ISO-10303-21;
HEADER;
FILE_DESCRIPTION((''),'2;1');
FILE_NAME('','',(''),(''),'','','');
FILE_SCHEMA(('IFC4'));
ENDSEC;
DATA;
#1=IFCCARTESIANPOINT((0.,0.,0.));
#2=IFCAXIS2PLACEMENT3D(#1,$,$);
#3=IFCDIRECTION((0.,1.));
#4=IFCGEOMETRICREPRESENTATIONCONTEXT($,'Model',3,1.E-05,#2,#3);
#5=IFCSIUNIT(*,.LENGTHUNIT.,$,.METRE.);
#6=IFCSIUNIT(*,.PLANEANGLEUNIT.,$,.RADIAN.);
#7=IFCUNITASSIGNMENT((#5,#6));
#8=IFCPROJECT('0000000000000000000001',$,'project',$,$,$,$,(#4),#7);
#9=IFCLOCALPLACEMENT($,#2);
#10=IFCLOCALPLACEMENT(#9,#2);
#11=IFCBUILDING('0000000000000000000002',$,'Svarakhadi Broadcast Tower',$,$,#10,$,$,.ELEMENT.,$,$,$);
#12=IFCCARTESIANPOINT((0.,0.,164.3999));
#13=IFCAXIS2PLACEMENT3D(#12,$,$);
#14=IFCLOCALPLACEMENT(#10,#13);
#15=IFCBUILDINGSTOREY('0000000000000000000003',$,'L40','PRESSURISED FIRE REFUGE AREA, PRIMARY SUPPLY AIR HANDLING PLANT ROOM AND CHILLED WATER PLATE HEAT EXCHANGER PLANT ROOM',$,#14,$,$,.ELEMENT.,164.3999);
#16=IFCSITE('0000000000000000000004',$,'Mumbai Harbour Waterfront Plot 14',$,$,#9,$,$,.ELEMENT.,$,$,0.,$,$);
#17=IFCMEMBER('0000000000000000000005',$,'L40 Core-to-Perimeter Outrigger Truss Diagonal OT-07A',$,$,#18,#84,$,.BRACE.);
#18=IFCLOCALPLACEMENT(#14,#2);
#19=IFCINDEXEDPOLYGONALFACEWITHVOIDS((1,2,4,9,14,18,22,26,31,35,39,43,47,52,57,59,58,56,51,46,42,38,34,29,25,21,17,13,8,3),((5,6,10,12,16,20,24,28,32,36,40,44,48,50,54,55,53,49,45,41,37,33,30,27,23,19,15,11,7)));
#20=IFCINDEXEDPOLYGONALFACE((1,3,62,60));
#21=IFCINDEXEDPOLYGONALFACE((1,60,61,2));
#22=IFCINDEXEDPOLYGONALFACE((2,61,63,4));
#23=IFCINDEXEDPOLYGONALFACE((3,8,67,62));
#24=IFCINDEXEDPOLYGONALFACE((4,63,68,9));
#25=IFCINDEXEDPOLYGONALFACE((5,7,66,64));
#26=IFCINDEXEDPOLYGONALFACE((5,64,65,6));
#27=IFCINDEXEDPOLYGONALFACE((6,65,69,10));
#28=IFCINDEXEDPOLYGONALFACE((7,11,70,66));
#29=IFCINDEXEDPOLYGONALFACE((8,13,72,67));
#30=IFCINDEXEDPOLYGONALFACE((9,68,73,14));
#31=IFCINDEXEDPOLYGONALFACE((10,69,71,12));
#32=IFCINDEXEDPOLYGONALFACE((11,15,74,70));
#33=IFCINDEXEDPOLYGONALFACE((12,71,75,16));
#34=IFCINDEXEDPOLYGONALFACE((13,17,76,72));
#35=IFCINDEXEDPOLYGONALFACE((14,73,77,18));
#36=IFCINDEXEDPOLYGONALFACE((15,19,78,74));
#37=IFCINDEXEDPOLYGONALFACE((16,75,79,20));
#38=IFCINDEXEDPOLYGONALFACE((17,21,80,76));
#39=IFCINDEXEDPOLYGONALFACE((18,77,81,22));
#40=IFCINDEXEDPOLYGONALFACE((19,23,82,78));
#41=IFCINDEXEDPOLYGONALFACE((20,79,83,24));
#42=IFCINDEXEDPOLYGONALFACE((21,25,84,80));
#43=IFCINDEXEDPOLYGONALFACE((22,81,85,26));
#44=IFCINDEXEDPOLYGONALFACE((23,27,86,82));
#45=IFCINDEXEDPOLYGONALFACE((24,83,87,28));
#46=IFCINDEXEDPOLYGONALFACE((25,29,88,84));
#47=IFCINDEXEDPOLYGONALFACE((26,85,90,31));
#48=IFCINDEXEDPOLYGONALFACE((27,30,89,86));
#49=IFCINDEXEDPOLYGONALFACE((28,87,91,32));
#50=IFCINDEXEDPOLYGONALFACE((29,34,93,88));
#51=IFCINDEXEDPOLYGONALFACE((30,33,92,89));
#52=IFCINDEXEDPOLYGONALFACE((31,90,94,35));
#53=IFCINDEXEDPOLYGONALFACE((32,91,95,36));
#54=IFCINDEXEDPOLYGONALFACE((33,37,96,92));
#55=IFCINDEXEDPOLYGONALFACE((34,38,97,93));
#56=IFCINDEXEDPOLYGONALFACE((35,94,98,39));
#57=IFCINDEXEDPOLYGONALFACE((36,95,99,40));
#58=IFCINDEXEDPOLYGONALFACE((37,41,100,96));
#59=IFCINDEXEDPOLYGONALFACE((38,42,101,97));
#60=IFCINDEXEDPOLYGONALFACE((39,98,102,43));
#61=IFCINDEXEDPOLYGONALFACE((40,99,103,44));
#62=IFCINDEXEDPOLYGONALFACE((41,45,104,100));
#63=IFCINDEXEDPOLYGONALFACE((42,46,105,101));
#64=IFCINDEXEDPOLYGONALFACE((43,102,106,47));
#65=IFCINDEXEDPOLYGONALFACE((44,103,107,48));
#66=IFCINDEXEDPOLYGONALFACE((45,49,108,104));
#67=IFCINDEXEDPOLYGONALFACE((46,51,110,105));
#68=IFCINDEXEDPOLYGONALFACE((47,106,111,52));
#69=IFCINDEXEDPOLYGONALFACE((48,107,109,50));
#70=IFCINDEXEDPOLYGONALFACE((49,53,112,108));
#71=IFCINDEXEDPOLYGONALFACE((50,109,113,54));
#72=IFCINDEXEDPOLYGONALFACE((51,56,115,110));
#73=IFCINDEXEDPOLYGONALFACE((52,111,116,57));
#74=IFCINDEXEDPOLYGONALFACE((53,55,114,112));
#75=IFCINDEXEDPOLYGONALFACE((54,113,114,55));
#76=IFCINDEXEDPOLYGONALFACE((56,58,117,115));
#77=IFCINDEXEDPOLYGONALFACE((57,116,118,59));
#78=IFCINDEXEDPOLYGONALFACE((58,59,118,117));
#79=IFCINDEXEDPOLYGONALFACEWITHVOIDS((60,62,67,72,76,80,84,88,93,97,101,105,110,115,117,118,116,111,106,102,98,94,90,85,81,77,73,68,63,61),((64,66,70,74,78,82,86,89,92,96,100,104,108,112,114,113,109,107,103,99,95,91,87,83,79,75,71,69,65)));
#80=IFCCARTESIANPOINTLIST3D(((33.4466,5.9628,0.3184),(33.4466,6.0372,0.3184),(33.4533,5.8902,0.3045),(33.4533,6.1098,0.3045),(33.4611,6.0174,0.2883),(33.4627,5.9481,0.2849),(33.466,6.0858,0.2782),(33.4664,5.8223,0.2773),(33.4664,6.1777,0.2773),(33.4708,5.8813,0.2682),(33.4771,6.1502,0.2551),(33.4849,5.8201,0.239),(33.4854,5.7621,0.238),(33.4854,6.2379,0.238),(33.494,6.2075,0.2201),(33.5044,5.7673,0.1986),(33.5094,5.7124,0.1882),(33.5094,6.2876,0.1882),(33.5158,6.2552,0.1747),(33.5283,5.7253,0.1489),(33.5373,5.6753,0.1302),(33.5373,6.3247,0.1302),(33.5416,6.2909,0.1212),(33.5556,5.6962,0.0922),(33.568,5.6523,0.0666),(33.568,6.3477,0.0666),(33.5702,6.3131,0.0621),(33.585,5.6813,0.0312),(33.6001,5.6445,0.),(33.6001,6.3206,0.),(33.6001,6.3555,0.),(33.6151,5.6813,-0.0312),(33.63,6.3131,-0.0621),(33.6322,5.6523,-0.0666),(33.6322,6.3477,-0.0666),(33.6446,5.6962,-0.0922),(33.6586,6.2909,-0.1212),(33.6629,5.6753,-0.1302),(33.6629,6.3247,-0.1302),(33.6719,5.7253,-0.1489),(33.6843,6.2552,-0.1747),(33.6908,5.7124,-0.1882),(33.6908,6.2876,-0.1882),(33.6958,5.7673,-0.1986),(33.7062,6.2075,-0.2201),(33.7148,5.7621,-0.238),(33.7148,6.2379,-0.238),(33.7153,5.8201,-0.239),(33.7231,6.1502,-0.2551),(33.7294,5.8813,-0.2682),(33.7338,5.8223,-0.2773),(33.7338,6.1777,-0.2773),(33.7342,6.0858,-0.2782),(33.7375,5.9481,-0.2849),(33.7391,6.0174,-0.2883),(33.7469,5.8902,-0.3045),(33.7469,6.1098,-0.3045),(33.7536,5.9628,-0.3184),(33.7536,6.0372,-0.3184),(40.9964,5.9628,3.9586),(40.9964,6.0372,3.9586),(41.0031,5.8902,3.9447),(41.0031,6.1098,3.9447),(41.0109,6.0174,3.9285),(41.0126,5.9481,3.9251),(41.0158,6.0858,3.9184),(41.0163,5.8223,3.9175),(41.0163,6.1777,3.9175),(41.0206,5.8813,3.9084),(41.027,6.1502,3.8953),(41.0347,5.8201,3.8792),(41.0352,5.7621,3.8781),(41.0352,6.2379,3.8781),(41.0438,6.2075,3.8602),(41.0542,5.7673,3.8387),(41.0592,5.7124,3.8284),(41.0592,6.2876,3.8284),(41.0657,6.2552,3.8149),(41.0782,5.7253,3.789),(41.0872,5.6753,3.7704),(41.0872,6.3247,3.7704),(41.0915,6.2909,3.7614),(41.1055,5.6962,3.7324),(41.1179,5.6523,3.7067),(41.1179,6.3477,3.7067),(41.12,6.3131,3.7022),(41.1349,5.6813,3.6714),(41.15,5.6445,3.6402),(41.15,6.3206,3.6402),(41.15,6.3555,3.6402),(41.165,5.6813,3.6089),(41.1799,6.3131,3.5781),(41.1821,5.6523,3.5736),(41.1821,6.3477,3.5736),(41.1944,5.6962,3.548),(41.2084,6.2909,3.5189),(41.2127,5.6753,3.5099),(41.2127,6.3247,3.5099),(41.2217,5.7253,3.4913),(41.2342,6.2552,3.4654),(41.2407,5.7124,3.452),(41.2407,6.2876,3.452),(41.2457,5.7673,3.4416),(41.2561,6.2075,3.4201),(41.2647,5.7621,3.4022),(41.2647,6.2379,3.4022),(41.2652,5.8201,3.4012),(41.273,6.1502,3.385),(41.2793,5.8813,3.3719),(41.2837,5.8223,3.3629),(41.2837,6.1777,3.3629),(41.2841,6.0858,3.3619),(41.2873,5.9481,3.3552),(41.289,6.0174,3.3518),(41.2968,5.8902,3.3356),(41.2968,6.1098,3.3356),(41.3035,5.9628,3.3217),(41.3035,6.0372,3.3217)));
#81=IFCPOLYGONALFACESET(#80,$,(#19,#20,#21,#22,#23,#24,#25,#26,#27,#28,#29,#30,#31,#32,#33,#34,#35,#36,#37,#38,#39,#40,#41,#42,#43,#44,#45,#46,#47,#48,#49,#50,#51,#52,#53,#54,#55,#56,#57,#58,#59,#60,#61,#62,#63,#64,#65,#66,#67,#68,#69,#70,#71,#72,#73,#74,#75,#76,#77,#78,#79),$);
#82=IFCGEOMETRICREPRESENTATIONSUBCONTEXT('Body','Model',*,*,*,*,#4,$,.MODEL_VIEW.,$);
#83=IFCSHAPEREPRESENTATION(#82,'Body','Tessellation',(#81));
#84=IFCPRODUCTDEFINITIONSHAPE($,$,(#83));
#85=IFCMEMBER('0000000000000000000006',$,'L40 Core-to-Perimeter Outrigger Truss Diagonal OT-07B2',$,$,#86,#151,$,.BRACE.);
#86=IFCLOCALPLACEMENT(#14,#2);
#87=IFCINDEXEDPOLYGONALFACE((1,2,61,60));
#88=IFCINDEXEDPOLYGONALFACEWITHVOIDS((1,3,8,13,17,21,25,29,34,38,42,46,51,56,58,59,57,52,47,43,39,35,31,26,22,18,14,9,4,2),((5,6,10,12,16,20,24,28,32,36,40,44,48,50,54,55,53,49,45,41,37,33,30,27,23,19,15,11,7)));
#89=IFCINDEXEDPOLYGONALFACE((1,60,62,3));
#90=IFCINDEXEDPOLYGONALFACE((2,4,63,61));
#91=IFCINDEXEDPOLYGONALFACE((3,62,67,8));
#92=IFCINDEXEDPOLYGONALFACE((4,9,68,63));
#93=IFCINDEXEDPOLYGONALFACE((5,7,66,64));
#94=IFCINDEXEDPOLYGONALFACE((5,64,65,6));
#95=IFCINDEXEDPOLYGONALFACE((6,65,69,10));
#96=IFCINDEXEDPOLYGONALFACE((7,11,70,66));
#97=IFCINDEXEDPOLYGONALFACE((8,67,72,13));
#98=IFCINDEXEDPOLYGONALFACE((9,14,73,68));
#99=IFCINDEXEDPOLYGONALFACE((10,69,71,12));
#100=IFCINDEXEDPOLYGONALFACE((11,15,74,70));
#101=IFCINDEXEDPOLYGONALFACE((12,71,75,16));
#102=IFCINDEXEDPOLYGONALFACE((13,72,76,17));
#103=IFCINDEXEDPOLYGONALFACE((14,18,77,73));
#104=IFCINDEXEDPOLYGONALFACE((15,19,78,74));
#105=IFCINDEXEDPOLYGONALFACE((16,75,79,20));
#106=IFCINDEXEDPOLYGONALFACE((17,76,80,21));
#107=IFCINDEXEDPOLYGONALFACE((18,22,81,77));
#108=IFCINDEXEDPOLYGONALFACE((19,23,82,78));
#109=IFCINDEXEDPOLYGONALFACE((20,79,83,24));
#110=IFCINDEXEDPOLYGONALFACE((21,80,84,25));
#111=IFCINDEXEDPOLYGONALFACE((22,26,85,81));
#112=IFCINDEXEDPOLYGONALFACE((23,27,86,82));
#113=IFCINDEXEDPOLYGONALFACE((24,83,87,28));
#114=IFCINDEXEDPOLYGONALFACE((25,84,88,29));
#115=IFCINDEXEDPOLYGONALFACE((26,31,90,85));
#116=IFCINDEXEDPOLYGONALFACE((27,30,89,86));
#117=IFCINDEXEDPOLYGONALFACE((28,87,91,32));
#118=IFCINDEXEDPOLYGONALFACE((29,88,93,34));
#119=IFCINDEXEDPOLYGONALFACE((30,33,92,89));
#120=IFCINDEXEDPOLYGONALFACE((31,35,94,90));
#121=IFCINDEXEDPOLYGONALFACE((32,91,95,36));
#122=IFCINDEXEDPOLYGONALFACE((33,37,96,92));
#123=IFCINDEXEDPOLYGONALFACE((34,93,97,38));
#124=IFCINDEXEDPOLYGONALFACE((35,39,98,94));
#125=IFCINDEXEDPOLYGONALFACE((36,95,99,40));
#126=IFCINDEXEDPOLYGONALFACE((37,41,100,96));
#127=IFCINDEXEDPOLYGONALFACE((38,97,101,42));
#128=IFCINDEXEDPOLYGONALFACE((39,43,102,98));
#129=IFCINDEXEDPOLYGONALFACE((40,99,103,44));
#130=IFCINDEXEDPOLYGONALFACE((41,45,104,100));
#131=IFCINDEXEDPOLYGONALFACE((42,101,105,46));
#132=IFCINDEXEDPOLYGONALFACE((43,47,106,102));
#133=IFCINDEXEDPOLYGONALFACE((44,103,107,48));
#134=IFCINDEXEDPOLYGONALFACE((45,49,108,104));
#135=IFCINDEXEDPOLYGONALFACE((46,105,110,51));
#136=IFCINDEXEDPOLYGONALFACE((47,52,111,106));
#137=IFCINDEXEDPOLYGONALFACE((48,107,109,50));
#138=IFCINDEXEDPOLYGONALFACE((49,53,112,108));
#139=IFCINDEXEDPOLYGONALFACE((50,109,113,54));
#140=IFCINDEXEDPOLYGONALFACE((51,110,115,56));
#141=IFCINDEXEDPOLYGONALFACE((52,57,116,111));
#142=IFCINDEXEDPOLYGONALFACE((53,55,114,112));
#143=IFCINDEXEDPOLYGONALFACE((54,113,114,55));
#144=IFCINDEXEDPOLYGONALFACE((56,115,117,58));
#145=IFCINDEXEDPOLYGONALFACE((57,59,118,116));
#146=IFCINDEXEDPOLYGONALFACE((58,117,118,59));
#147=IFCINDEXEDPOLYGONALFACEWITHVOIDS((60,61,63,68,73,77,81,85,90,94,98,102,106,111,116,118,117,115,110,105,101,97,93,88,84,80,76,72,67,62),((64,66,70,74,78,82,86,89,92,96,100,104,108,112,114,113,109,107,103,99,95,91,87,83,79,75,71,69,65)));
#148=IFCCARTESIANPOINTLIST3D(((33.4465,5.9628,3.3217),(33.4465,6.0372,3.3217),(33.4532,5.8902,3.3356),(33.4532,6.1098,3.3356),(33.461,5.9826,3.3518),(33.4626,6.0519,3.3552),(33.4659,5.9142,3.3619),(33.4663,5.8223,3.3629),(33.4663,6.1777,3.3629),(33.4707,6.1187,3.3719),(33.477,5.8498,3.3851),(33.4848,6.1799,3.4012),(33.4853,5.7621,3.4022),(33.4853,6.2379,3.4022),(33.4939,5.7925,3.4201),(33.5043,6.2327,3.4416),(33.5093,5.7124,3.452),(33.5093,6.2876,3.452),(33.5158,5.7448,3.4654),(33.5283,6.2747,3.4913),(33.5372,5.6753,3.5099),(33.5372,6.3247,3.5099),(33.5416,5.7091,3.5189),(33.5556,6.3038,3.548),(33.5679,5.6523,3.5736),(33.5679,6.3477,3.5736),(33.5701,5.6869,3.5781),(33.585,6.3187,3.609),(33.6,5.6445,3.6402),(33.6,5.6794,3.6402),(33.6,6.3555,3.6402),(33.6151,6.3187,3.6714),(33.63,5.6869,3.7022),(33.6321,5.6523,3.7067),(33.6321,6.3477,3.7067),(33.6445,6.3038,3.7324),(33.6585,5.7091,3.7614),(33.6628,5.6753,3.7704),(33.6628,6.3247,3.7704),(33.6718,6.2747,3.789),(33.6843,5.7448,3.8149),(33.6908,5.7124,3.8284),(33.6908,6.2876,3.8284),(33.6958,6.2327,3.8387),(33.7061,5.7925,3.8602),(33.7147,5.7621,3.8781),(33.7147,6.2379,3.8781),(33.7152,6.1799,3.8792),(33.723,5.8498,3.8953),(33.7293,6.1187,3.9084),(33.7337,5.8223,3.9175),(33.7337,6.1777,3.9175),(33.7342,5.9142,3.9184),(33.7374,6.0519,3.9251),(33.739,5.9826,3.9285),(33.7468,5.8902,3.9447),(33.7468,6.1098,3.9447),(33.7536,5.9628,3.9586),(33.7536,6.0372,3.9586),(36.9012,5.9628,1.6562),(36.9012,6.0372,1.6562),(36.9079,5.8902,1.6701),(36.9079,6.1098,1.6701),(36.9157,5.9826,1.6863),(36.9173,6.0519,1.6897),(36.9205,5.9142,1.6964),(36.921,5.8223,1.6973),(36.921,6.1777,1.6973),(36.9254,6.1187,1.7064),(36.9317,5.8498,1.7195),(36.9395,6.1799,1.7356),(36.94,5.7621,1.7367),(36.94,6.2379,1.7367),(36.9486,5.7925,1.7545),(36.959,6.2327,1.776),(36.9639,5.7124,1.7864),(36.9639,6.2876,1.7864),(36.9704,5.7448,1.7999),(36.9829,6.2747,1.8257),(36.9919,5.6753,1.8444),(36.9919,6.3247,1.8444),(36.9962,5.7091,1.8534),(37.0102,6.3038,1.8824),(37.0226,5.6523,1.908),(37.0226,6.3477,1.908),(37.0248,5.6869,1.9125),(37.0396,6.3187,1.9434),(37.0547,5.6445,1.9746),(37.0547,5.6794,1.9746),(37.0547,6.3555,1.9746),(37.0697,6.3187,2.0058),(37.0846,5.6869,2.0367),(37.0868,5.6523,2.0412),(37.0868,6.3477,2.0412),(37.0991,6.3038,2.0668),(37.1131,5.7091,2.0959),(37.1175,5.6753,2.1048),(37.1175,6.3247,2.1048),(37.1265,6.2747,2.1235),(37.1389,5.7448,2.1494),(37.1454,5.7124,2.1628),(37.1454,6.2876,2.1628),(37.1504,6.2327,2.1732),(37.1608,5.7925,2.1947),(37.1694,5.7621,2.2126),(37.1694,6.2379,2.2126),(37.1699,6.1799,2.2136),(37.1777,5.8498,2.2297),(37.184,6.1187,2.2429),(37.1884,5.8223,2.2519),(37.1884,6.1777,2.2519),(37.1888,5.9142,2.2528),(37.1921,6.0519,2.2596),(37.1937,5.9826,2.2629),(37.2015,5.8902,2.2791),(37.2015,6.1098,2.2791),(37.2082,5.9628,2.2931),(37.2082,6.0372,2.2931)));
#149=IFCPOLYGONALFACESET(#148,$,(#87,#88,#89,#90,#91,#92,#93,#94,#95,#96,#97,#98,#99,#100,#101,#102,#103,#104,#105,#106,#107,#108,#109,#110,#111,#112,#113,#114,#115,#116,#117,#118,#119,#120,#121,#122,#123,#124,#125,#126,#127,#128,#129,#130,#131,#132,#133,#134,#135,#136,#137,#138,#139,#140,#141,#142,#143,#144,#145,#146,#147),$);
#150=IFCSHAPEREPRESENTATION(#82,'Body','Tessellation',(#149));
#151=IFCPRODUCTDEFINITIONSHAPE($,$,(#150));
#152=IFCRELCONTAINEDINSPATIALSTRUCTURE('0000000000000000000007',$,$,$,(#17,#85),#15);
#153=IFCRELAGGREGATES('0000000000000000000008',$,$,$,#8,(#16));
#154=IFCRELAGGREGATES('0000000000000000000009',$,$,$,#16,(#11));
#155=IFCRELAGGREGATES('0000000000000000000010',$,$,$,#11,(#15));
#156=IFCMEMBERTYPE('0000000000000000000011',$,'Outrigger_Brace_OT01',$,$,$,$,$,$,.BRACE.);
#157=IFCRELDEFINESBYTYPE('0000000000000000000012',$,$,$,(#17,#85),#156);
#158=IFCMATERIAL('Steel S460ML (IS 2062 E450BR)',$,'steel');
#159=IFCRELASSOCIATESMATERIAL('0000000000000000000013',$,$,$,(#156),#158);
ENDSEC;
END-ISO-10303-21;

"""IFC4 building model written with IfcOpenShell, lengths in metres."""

from ifc_helpers import new_model, si_unit, direction, frame, origin, origin_2d, place, context, subcontext, project, spatial, hollow_circle, extrude, material, material_profile, profile_set, type_object, element, save


model = new_model("IFC4")

# Units and contexts
model_context = context("Model", 3, precision=1e-05, world=origin(), true_north=direction((0.0, 1.0)))
body_context = subcontext(model_context, "Body", "Model", "MODEL_VIEW")
ifc_project = project(units=[si_unit("LENGTHUNIT", "METRE"), si_unit("PLANEANGLEUNIT", "RADIAN")], contexts=[model_context])

# Site, building, storey
site_placement = place(None, origin())
site = spatial("IfcSite", under=ifc_project, at=site_placement, Name="Mumbai Harbour Waterfront Plot 14", CompositionType="ELEMENT", RefElevation=0.0)
building_placement = place(site_placement, origin())
building = spatial("IfcBuilding", under=site, at=building_placement, Name="Svarakhadi Broadcast Tower", CompositionType="ELEMENT")
storey_placement = place(building_placement, frame((0.0, 0.0, 164.3999)))
storey = spatial("IfcBuildingStorey", under=building, at=storey_placement, Name="L40", Description="PRESSURISED FIRE REFUGE AREA, PRIMARY SUPPLY AIR HANDLING PLANT ROOM AND CHILLED WATER PLATE HEAT EXCHANGER PLANT ROOM", CompositionType="ELEMENT", Elevation=164.3999)

# Shared definitions
ifc_material_1 = material(Name="Steel S460ML (IS 2062 E450BR)", Category="steel")

# Members
ifc_material_profile_1 = material_profile(ifc_material_1, hollow_circle(Radius=0.3555, WallThickness=0.0349, at=origin_2d()), Name="CHS 711x35")
ifc_profile_set_1 = profile_set([ifc_material_profile_1], Name="Steel S460ML (IS 2062 E450BR)")
member_type_1 = type_object("IfcMemberType", Name="Outrigger_Brace_OT01", PredefinedType="BRACE", material=ifc_profile_set_1)
member_1_placement = place(storey_placement, frame((33.6001, 6.0, 0.0), z_axis=(0.900766, 0.0, 0.434304), x_axis=(0.0, 1.0, 0.0)))
element("IfcMember", 1, at=member_1_placement, inside=storey, type_object=member_type_1, Name="L40 Core-to-Perimeter Outrigger Truss Diagonal OT-07A", PredefinedType="BRACE", context=body_context, shape_type="SweptSolid", body=[
    extrude(hollow_circle(Radius=0.3555, WallThickness=0.0349, at=origin_2d()), origin(), (0.0, 0.0, 1.0), 8.3816),
])
member_2_placement = place(storey_placement, frame((37.0547, 6.0, 1.9746), z_axis=(-0.900777, 0.0, 0.434283), x_axis=(0.0, -1.0, 0.0)))
element("IfcMember", 2, at=member_2_placement, inside=storey, type_object=member_type_1, Name="L40 Core-to-Perimeter Outrigger Truss Diagonal OT-07B2", PredefinedType="BRACE", context=body_context, shape_type="SweptSolid", body=[
    extrude(hollow_circle(Radius=0.3555, WallThickness=0.0349, at=origin_2d()), origin(), (0.0, 0.0, 1.0), 3.8352),
])

save(model, "model.ifc")
